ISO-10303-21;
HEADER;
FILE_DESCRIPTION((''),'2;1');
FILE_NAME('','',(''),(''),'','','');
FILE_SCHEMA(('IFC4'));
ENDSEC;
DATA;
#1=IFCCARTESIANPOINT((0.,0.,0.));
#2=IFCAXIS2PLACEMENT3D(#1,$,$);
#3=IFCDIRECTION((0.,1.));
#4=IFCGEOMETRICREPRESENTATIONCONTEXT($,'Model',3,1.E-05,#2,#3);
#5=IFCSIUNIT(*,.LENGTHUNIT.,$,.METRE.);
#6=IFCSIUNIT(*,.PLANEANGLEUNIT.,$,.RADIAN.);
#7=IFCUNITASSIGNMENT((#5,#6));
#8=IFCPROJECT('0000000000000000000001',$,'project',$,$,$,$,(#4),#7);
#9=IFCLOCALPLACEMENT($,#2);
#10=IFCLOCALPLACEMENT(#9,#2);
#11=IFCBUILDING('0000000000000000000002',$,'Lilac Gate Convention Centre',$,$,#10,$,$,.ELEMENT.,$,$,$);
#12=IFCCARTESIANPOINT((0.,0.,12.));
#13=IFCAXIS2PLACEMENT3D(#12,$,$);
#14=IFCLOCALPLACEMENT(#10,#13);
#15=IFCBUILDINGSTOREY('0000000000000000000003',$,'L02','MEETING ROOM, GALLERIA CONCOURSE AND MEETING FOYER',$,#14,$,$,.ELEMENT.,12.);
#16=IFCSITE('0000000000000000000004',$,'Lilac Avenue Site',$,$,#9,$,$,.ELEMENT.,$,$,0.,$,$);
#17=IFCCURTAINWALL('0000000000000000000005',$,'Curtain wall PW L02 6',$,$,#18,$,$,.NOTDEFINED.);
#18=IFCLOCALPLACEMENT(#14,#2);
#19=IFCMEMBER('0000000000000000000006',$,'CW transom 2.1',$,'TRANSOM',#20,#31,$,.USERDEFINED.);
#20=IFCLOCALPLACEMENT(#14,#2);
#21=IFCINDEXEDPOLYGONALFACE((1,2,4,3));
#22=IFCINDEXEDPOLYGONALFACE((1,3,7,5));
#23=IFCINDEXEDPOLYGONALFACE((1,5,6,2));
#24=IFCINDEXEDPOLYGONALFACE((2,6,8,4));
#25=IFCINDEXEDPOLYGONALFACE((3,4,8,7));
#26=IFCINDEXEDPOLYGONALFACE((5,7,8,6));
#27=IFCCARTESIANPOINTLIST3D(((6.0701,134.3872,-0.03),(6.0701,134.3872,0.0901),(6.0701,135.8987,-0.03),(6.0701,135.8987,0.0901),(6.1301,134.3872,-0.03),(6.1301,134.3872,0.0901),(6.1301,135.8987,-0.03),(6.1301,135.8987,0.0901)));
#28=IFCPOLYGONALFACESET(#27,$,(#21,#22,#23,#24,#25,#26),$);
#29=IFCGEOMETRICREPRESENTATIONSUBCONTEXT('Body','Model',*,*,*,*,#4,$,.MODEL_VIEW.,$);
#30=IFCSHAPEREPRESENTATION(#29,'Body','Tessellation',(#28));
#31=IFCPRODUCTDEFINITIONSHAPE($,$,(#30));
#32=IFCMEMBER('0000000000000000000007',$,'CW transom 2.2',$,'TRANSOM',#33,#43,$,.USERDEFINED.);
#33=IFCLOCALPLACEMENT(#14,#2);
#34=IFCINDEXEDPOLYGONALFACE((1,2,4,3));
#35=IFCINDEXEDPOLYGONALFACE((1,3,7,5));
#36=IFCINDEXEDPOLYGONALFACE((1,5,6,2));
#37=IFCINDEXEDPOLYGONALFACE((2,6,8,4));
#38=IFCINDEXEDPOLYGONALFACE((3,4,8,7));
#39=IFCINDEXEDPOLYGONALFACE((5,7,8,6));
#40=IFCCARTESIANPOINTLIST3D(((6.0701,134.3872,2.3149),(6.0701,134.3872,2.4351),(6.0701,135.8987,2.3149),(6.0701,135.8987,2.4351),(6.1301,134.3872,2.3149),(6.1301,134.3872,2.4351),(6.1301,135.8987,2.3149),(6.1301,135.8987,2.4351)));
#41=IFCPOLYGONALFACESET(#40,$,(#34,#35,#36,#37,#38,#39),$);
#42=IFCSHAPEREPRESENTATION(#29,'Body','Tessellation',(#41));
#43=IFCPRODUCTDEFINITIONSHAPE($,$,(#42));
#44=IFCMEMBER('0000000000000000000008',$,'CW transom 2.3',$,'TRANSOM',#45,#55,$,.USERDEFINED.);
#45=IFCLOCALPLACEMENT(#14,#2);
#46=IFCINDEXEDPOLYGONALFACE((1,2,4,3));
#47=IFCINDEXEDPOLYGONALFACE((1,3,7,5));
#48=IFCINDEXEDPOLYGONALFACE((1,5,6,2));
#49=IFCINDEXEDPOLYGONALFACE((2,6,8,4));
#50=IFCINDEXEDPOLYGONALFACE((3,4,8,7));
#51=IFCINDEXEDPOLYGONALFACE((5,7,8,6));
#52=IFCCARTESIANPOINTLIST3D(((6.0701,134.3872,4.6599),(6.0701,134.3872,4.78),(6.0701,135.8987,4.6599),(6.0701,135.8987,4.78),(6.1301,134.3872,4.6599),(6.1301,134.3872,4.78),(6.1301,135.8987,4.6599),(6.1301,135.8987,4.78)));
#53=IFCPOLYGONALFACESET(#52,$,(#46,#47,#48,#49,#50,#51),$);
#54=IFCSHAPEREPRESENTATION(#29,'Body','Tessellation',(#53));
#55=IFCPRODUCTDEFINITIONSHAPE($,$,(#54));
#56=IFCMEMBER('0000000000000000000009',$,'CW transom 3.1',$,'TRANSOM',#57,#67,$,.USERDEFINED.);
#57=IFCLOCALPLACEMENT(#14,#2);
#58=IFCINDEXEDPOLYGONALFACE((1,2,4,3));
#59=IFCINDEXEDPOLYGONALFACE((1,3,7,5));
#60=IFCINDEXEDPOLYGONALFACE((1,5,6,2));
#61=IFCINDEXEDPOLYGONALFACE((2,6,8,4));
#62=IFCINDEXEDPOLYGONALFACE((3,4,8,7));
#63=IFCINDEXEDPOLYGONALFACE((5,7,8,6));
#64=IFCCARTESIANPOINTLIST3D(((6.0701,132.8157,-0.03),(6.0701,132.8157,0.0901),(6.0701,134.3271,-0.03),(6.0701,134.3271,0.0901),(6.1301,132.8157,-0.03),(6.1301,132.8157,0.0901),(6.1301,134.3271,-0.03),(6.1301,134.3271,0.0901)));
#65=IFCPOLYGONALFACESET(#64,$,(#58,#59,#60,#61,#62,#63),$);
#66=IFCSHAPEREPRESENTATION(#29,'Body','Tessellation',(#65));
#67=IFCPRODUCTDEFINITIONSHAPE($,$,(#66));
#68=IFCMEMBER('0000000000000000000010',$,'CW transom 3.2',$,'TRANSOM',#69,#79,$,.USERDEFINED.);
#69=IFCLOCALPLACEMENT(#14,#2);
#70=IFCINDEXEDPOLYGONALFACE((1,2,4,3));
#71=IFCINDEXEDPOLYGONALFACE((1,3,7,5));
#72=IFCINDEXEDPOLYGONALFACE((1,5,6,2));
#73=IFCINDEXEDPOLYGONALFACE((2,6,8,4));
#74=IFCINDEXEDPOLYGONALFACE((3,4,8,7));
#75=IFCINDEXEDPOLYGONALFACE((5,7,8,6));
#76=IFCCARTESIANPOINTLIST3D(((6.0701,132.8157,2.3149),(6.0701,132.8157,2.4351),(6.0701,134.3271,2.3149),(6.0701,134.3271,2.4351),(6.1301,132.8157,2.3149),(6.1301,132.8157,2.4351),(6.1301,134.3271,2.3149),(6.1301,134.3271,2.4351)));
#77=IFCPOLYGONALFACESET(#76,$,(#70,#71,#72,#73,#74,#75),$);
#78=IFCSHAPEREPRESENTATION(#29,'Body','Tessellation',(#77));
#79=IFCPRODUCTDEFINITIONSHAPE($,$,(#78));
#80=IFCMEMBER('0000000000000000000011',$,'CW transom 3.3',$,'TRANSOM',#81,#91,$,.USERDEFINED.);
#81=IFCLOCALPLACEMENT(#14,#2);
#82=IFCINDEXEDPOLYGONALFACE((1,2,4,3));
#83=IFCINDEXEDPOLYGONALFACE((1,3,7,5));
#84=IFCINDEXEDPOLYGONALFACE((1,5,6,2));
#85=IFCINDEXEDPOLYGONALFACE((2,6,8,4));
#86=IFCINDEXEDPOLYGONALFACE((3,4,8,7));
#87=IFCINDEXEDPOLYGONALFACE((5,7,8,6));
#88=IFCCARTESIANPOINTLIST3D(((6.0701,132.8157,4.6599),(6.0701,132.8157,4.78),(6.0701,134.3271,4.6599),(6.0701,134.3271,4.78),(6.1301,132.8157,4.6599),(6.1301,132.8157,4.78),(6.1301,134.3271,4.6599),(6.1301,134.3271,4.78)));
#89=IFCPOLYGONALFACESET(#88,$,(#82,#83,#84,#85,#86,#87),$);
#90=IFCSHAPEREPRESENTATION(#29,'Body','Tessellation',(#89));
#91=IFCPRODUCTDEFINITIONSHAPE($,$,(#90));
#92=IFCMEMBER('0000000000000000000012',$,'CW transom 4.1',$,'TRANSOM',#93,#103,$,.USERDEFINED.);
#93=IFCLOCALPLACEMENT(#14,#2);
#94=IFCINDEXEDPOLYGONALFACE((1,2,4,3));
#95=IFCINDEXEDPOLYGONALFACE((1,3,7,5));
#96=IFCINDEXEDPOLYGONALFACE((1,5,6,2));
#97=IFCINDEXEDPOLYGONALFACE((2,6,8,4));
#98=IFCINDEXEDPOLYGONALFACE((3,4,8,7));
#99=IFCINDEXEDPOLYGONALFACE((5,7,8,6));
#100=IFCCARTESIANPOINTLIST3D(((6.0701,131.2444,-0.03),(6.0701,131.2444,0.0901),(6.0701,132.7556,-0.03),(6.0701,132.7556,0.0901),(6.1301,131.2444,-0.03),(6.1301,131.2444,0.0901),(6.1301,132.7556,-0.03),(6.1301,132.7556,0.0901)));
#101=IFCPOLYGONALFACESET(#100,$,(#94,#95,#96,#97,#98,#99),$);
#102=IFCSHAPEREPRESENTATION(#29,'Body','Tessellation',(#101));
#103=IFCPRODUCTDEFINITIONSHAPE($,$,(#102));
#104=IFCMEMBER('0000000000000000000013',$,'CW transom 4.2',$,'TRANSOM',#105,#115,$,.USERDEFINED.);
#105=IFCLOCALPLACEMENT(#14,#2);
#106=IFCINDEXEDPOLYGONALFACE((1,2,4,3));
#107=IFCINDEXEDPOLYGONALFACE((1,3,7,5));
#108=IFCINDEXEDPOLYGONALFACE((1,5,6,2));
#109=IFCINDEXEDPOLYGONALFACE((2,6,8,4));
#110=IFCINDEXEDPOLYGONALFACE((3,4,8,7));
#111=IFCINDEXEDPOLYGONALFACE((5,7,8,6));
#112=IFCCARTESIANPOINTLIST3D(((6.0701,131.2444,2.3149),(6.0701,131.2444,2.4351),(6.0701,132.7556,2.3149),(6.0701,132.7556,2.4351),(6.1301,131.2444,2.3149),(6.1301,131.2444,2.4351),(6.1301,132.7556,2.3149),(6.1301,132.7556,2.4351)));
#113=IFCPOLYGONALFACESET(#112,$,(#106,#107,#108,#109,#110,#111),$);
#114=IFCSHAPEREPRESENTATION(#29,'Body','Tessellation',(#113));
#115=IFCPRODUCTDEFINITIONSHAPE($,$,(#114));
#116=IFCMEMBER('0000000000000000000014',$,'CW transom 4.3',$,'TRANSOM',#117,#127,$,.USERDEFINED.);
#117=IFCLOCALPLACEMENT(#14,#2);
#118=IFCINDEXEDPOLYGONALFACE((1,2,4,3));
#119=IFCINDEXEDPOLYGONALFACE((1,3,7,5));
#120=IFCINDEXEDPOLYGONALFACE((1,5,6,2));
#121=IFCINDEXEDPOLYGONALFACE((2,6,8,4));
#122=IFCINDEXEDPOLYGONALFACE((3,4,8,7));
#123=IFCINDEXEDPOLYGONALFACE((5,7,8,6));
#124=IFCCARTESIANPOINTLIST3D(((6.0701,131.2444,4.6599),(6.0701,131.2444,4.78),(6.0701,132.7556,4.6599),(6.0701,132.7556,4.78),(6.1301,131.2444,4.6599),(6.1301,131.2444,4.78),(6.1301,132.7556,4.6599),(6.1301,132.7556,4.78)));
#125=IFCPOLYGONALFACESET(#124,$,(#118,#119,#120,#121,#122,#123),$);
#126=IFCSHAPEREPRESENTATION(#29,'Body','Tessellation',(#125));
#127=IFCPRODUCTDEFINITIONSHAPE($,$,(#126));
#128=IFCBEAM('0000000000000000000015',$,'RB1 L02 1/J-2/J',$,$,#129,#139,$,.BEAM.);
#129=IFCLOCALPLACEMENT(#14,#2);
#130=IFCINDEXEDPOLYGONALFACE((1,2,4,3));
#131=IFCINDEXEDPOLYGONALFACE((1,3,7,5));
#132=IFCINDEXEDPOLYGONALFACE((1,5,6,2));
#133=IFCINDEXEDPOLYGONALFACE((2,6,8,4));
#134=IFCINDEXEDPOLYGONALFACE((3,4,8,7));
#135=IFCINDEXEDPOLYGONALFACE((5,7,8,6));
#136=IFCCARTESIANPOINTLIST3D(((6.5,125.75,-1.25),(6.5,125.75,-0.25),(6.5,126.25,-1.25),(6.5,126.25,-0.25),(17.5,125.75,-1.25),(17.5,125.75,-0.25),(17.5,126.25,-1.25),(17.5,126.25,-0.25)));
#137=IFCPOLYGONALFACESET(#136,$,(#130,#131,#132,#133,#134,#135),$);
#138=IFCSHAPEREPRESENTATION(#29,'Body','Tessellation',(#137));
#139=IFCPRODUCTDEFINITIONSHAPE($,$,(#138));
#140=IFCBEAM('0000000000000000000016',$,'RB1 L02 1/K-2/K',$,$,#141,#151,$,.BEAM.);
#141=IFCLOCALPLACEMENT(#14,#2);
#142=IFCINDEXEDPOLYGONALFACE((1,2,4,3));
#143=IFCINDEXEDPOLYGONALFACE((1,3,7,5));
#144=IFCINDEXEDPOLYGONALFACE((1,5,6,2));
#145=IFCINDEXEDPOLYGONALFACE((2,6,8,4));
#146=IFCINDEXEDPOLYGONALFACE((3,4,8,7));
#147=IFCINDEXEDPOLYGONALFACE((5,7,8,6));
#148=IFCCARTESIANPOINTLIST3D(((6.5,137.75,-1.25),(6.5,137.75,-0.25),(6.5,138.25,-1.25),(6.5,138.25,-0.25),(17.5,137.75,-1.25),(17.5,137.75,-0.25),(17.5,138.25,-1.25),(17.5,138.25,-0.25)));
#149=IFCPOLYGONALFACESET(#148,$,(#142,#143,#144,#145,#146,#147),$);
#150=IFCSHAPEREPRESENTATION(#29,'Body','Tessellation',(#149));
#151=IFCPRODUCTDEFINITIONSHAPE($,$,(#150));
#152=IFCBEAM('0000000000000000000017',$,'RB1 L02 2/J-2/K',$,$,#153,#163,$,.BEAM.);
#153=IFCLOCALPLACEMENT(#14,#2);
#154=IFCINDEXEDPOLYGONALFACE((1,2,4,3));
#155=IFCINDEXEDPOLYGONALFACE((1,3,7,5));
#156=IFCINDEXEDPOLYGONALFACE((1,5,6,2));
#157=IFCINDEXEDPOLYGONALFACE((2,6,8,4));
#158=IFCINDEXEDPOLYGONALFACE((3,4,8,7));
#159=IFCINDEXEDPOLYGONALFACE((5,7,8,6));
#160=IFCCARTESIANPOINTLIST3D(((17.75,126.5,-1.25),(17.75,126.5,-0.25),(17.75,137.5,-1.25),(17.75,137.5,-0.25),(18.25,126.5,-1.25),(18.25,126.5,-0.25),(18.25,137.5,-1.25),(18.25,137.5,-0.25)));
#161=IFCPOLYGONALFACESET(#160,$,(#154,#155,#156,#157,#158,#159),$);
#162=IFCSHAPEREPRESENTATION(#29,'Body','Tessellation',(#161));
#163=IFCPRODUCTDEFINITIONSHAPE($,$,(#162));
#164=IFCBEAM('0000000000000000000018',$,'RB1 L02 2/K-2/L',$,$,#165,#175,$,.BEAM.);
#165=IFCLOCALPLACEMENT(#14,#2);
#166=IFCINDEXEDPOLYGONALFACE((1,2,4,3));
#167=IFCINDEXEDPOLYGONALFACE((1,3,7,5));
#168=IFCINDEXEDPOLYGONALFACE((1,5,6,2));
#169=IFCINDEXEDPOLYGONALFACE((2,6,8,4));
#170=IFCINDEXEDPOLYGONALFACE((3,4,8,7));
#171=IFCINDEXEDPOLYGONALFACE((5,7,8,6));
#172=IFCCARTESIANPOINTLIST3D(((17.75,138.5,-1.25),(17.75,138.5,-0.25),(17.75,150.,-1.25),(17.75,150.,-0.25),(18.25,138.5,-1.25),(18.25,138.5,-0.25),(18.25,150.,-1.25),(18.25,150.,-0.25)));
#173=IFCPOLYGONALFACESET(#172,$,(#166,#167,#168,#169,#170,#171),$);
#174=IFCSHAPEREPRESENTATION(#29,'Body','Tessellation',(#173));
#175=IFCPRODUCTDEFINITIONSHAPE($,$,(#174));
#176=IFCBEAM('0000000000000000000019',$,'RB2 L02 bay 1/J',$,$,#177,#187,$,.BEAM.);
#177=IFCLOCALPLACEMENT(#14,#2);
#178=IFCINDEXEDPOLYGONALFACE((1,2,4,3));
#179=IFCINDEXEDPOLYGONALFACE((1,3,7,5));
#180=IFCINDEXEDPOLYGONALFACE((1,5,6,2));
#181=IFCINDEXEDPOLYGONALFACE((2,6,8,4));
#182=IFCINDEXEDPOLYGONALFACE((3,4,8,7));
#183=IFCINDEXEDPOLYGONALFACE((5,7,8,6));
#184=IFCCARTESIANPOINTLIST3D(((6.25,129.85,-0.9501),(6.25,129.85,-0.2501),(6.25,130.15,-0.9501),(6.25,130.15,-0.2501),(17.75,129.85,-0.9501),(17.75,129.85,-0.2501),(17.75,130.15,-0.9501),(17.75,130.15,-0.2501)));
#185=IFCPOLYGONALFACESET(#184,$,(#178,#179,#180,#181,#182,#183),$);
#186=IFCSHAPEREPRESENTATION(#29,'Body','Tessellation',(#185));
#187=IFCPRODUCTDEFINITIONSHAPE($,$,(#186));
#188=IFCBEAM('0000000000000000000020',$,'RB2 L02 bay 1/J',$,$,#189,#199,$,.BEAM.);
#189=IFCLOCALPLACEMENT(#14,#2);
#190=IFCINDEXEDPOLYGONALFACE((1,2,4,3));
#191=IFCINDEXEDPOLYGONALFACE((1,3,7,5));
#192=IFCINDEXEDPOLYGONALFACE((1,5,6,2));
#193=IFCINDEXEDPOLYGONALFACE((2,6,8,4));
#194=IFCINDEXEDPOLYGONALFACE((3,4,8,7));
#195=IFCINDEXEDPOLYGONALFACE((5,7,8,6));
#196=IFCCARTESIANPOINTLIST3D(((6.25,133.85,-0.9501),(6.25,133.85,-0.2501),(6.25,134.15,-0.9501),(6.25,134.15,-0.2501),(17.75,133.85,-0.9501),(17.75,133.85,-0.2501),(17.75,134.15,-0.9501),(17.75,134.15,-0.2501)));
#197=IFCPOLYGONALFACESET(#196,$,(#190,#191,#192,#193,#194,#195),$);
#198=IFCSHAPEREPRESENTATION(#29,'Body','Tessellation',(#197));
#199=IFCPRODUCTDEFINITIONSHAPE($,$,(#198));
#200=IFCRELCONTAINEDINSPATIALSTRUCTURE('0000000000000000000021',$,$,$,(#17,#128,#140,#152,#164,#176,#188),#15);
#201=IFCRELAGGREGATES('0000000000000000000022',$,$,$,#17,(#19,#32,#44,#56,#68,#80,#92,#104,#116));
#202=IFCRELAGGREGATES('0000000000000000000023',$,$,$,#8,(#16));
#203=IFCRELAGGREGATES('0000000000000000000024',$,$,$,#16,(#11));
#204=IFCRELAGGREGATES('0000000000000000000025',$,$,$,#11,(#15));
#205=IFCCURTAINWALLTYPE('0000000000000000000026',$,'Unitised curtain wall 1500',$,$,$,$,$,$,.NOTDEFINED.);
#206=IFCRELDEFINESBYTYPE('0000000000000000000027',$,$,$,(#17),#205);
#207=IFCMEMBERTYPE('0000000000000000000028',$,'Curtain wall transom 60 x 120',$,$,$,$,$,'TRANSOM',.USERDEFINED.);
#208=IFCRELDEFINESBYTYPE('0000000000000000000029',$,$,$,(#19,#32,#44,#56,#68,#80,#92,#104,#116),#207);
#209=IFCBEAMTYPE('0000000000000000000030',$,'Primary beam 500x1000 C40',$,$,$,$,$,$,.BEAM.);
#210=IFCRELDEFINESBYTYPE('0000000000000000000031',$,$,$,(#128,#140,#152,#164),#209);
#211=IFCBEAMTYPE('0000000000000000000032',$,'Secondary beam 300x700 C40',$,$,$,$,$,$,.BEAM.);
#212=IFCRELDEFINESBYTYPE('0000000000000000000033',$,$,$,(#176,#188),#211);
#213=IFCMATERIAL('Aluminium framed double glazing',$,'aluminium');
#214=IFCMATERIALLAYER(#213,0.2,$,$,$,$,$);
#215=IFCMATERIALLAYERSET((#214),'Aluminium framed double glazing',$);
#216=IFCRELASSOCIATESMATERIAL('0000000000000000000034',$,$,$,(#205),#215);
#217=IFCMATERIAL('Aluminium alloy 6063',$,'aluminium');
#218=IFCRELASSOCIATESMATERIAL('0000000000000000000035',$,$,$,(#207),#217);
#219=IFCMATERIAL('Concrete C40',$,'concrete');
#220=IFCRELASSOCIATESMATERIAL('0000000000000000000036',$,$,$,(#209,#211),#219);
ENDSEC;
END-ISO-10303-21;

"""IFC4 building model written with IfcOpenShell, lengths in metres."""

from ifc_helpers import new_model, si_unit, direction, frame, origin, origin_2d, place, context, subcontext, project, spatial, rectangle, extrude, material, layer, layer_set, material_profile, profile_set, type_object, element, aggregate, save


model = new_model("IFC4")

# Units and contexts
model_context = context("Model", 3, precision=1e-05, world=origin(), true_north=direction((0.0, 1.0)))
body_context = subcontext(model_context, "Body", "Model", "MODEL_VIEW")
ifc_project = project(units=[si_unit("LENGTHUNIT", "METRE"), si_unit("PLANEANGLEUNIT", "RADIAN")], contexts=[model_context])

# Site, building, storey
site_placement = place(None, origin())
site = spatial("IfcSite", under=ifc_project, at=site_placement, Name="Lilac Avenue Site", CompositionType="ELEMENT", RefElevation=0.0)
building_placement = place(site_placement, origin())
building = spatial("IfcBuilding", under=site, at=building_placement, Name="Lilac Gate Convention Centre", CompositionType="ELEMENT")
storey_placement = place(building_placement, frame((0.0, 0.0, 12.0)))
storey = spatial("IfcBuildingStorey", under=building, at=storey_placement, Name="L02", Description="MEETING ROOM, GALLERIA CONCOURSE AND MEETING FOYER", CompositionType="ELEMENT", Elevation=12.0)

# Shared definitions
ifc_material_1 = material(Name="Concrete C40", Category="concrete")

# Curtain wall, members
ifc_material_2 = material(Name="Aluminium framed double glazing", Category="aluminium")
ifc_layer_1 = layer(ifc_material_2, 0.2)
ifc_layer_set_1 = layer_set([ifc_layer_1], Name="Aluminium framed double glazing")
curtain_wall_type = type_object("IfcCurtainWallType", Name="Unitised curtain wall 1500", PredefinedType="NOTDEFINED", material=ifc_layer_set_1)
curtain_wall_placement = place(storey_placement, origin())
curtain_wall = element("IfcCurtainWall", 1, at=curtain_wall_placement, inside=storey, type_object=curtain_wall_type, Name="Curtain wall PW L02 6", PredefinedType="NOTDEFINED")
ifc_material_3 = material(Name="Aluminium alloy 6063", Category="aluminium")
ifc_material_profile_1 = material_profile(ifc_material_3, rectangle(XDim=0.0601, YDim=0.1201, at=origin_2d()), Name="Curtain wall transom 60 x 120")
ifc_profile_set_1 = profile_set([ifc_material_profile_1], Name="Aluminium alloy 6063")
member_type_1 = type_object("IfcMemberType", Name="Curtain wall transom 60 x 120", ElementType="TRANSOM", PredefinedType="USERDEFINED", material=ifc_profile_set_1)
member_1_placement = place(storey_placement, frame((6.1001, 135.8987, 0.03), z_axis=(0.0, -1.0, 0.0), x_axis=(1.0, 0.0, 0.0)))
member_1 = element("IfcMember", 2, at=member_1_placement, type_object=member_type_1, Name="CW transom 2.1", ObjectType="TRANSOM", PredefinedType="USERDEFINED", context=body_context, shape_type="SweptSolid", body=[
    extrude(rectangle(XDim=0.0601, YDim=0.1201, at=origin_2d()), origin(), (0.0, 0.0, 1.0), 1.5115),
])
member_2_placement = place(storey_placement, frame((6.1001, 135.8987, 2.375), z_axis=(0.0, -1.0, 0.0), x_axis=(1.0, 0.0, 0.0)))
member_2 = element("IfcMember", 3, at=member_2_placement, type_object=member_type_1, Name="CW transom 2.2", ObjectType="TRANSOM", PredefinedType="USERDEFINED", context=body_context, shape_type="SweptSolid", body=[
    extrude(rectangle(XDim=0.0601, YDim=0.1201, at=origin_2d()), origin(), (0.0, 0.0, 1.0), 1.5115),
])
member_3_placement = place(storey_placement, frame((6.1001, 135.8987, 4.72), z_axis=(0.0, -1.0, 0.0), x_axis=(1.0, 0.0, 0.0)))
member_3 = element("IfcMember", 4, at=member_3_placement, type_object=member_type_1, Name="CW transom 2.3", ObjectType="TRANSOM", PredefinedType="USERDEFINED", context=body_context, shape_type="SweptSolid", body=[
    extrude(rectangle(XDim=0.0601, YDim=0.1201, at=origin_2d()), origin(), (0.0, 0.0, 1.0), 1.5115),
])
member_4_placement = place(storey_placement, frame((6.1001, 134.3271, 0.03), z_axis=(0.0, -1.0, 0.0), x_axis=(1.0, 0.0, 0.0)))
member_4 = element("IfcMember", 5, at=member_4_placement, type_object=member_type_1, Name="CW transom 3.1", ObjectType="TRANSOM", PredefinedType="USERDEFINED", context=body_context, shape_type="SweptSolid", body=[
    extrude(rectangle(XDim=0.0601, YDim=0.1201, at=origin_2d()), origin(), (0.0, 0.0, 1.0), 1.5115),
])
member_5_placement = place(storey_placement, frame((6.1001, 134.3271, 2.375), z_axis=(0.0, -1.0, 0.0), x_axis=(1.0, 0.0, 0.0)))
member_5 = element("IfcMember", 6, at=member_5_placement, type_object=member_type_1, Name="CW transom 3.2", ObjectType="TRANSOM", PredefinedType="USERDEFINED", context=body_context, shape_type="SweptSolid", body=[
    extrude(rectangle(XDim=0.0601, YDim=0.1201, at=origin_2d()), origin(), (0.0, 0.0, 1.0), 1.5115),
])
member_6_placement = place(storey_placement, frame((6.1001, 134.3271, 4.72), z_axis=(0.0, -1.0, 0.0), x_axis=(1.0, 0.0, 0.0)))
member_6 = element("IfcMember", 7, at=member_6_placement, type_object=member_type_1, Name="CW transom 3.3", ObjectType="TRANSOM", PredefinedType="USERDEFINED", context=body_context, shape_type="SweptSolid", body=[
    extrude(rectangle(XDim=0.0601, YDim=0.1201, at=origin_2d()), origin(), (0.0, 0.0, 1.0), 1.5115),
])
member_7_placement = place(storey_placement, frame((6.1001, 132.7556, 0.03), z_axis=(0.0, -1.0, 0.0), x_axis=(1.0, 0.0, 0.0)))
member_7 = element("IfcMember", 8, at=member_7_placement, type_object=member_type_1, Name="CW transom 4.1", ObjectType="TRANSOM", PredefinedType="USERDEFINED", context=body_context, shape_type="SweptSolid", body=[
    extrude(rectangle(XDim=0.0601, YDim=0.1201, at=origin_2d()), origin(), (0.0, 0.0, 1.0), 1.5112),
])
member_8_placement = place(storey_placement, frame((6.1001, 132.7556, 2.375), z_axis=(0.0, -1.0, 0.0), x_axis=(1.0, 0.0, 0.0)))
member_8 = element("IfcMember", 9, at=member_8_placement, type_object=member_type_1, Name="CW transom 4.2", ObjectType="TRANSOM", PredefinedType="USERDEFINED", context=body_context, shape_type="SweptSolid", body=[
    extrude(rectangle(XDim=0.0601, YDim=0.1201, at=origin_2d()), origin(), (0.0, 0.0, 1.0), 1.5112),
])
member_9_placement = place(storey_placement, frame((6.1001, 132.7556, 4.72), z_axis=(0.0, -1.0, 0.0), x_axis=(1.0, 0.0, 0.0)))
member_9 = element("IfcMember", 10, at=member_9_placement, type_object=member_type_1, Name="CW transom 4.3", ObjectType="TRANSOM", PredefinedType="USERDEFINED", context=body_context, shape_type="SweptSolid", body=[
    extrude(rectangle(XDim=0.0601, YDim=0.1201, at=origin_2d()), origin(), (0.0, 0.0, 1.0), 1.5112),
])

# Beams
ifc_material_profile_2 = material_profile(ifc_material_1, rectangle(XDim=0.5, YDim=1.0, at=origin_2d()), Name="RC 500x1000")
ifc_profile_set_2 = profile_set([ifc_material_profile_2], Name="Concrete C40")
beam_type_1 = type_object("IfcBeamType", Name="Primary beam 500x1000 C40", PredefinedType="BEAM", material=ifc_profile_set_2)
for number, where, z_axis, x_axis, name in (
    (11, (6.5, 126.0, -0.75), (1.0, 0.0, 0.0), (0.0, 1.0, 0.0), "RB1 L02 1/J-2/J"),
    (12, (6.5, 138.0, -0.75), (1.0, 0.0, 0.0), (0.0, 1.0, 0.0), "RB1 L02 1/K-2/K"),
    (13, (18.0, 126.5, -0.75), (0.0, 1.0, 0.0), (-1.0, 0.0, 0.0), "RB1 L02 2/J-2/K"),
):
    element("IfcBeam", number, at=place(storey_placement, frame(where, z_axis=z_axis, x_axis=x_axis)), inside=storey, type_object=beam_type_1, Name=name, PredefinedType="BEAM", context=body_context, shape_type="SweptSolid", body=[
        extrude(rectangle(XDim=0.5, YDim=1.0, at=origin_2d()), origin(), (0.0, 0.0, 1.0), 11.0),
    ])
beam_placement = place(storey_placement, frame((18.0, 138.5, -0.75), z_axis=(0.0, 1.0, 0.0), x_axis=(-1.0, 0.0, 0.0)))
element("IfcBeam", 14, at=beam_placement, inside=storey, type_object=beam_type_1, Name="RB1 L02 2/K-2/L", PredefinedType="BEAM", context=body_context, shape_type="SweptSolid", body=[
    extrude(rectangle(XDim=0.5, YDim=1.0, at=origin_2d()), origin(), (0.0, 0.0, 1.0), 11.5),
])
ifc_material_profile_3 = material_profile(ifc_material_1, rectangle(XDim=0.3, YDim=0.7, at=origin_2d()), Name="RC 300x700")
ifc_profile_set_3 = profile_set([ifc_material_profile_3], Name="Concrete C40")
beam_type_2 = type_object("IfcBeamType", Name="Secondary beam 300x700 C40", PredefinedType="BEAM", material=ifc_profile_set_3)
for number, where, z_axis, x_axis, name in (
    (15, (6.25, 130.0, -0.6001), (1.0, 0.0, 0.0), (0.0, 1.0, 0.0), "RB2 L02 bay 1/J"),
    (16, (6.25, 134.0, -0.6001), (1.0, 0.0, 0.0), (0.0, 1.0, 0.0), "RB2 L02 bay 1/J"),
):
    element("IfcBeam", number, at=place(storey_placement, frame(where, z_axis=z_axis, x_axis=x_axis)), inside=storey, type_object=beam_type_2, Name=name, PredefinedType="BEAM", context=body_context, shape_type="SweptSolid", body=[
        extrude(rectangle(XDim=0.3, YDim=0.7, at=origin_2d()), origin(), (0.0, 0.0, 1.0), 11.5),
    ])

aggregate(curtain_wall, [member_1, member_2, member_3, member_4, member_5, member_6, member_7, member_8, member_9])

save(model, "model.ifc")
